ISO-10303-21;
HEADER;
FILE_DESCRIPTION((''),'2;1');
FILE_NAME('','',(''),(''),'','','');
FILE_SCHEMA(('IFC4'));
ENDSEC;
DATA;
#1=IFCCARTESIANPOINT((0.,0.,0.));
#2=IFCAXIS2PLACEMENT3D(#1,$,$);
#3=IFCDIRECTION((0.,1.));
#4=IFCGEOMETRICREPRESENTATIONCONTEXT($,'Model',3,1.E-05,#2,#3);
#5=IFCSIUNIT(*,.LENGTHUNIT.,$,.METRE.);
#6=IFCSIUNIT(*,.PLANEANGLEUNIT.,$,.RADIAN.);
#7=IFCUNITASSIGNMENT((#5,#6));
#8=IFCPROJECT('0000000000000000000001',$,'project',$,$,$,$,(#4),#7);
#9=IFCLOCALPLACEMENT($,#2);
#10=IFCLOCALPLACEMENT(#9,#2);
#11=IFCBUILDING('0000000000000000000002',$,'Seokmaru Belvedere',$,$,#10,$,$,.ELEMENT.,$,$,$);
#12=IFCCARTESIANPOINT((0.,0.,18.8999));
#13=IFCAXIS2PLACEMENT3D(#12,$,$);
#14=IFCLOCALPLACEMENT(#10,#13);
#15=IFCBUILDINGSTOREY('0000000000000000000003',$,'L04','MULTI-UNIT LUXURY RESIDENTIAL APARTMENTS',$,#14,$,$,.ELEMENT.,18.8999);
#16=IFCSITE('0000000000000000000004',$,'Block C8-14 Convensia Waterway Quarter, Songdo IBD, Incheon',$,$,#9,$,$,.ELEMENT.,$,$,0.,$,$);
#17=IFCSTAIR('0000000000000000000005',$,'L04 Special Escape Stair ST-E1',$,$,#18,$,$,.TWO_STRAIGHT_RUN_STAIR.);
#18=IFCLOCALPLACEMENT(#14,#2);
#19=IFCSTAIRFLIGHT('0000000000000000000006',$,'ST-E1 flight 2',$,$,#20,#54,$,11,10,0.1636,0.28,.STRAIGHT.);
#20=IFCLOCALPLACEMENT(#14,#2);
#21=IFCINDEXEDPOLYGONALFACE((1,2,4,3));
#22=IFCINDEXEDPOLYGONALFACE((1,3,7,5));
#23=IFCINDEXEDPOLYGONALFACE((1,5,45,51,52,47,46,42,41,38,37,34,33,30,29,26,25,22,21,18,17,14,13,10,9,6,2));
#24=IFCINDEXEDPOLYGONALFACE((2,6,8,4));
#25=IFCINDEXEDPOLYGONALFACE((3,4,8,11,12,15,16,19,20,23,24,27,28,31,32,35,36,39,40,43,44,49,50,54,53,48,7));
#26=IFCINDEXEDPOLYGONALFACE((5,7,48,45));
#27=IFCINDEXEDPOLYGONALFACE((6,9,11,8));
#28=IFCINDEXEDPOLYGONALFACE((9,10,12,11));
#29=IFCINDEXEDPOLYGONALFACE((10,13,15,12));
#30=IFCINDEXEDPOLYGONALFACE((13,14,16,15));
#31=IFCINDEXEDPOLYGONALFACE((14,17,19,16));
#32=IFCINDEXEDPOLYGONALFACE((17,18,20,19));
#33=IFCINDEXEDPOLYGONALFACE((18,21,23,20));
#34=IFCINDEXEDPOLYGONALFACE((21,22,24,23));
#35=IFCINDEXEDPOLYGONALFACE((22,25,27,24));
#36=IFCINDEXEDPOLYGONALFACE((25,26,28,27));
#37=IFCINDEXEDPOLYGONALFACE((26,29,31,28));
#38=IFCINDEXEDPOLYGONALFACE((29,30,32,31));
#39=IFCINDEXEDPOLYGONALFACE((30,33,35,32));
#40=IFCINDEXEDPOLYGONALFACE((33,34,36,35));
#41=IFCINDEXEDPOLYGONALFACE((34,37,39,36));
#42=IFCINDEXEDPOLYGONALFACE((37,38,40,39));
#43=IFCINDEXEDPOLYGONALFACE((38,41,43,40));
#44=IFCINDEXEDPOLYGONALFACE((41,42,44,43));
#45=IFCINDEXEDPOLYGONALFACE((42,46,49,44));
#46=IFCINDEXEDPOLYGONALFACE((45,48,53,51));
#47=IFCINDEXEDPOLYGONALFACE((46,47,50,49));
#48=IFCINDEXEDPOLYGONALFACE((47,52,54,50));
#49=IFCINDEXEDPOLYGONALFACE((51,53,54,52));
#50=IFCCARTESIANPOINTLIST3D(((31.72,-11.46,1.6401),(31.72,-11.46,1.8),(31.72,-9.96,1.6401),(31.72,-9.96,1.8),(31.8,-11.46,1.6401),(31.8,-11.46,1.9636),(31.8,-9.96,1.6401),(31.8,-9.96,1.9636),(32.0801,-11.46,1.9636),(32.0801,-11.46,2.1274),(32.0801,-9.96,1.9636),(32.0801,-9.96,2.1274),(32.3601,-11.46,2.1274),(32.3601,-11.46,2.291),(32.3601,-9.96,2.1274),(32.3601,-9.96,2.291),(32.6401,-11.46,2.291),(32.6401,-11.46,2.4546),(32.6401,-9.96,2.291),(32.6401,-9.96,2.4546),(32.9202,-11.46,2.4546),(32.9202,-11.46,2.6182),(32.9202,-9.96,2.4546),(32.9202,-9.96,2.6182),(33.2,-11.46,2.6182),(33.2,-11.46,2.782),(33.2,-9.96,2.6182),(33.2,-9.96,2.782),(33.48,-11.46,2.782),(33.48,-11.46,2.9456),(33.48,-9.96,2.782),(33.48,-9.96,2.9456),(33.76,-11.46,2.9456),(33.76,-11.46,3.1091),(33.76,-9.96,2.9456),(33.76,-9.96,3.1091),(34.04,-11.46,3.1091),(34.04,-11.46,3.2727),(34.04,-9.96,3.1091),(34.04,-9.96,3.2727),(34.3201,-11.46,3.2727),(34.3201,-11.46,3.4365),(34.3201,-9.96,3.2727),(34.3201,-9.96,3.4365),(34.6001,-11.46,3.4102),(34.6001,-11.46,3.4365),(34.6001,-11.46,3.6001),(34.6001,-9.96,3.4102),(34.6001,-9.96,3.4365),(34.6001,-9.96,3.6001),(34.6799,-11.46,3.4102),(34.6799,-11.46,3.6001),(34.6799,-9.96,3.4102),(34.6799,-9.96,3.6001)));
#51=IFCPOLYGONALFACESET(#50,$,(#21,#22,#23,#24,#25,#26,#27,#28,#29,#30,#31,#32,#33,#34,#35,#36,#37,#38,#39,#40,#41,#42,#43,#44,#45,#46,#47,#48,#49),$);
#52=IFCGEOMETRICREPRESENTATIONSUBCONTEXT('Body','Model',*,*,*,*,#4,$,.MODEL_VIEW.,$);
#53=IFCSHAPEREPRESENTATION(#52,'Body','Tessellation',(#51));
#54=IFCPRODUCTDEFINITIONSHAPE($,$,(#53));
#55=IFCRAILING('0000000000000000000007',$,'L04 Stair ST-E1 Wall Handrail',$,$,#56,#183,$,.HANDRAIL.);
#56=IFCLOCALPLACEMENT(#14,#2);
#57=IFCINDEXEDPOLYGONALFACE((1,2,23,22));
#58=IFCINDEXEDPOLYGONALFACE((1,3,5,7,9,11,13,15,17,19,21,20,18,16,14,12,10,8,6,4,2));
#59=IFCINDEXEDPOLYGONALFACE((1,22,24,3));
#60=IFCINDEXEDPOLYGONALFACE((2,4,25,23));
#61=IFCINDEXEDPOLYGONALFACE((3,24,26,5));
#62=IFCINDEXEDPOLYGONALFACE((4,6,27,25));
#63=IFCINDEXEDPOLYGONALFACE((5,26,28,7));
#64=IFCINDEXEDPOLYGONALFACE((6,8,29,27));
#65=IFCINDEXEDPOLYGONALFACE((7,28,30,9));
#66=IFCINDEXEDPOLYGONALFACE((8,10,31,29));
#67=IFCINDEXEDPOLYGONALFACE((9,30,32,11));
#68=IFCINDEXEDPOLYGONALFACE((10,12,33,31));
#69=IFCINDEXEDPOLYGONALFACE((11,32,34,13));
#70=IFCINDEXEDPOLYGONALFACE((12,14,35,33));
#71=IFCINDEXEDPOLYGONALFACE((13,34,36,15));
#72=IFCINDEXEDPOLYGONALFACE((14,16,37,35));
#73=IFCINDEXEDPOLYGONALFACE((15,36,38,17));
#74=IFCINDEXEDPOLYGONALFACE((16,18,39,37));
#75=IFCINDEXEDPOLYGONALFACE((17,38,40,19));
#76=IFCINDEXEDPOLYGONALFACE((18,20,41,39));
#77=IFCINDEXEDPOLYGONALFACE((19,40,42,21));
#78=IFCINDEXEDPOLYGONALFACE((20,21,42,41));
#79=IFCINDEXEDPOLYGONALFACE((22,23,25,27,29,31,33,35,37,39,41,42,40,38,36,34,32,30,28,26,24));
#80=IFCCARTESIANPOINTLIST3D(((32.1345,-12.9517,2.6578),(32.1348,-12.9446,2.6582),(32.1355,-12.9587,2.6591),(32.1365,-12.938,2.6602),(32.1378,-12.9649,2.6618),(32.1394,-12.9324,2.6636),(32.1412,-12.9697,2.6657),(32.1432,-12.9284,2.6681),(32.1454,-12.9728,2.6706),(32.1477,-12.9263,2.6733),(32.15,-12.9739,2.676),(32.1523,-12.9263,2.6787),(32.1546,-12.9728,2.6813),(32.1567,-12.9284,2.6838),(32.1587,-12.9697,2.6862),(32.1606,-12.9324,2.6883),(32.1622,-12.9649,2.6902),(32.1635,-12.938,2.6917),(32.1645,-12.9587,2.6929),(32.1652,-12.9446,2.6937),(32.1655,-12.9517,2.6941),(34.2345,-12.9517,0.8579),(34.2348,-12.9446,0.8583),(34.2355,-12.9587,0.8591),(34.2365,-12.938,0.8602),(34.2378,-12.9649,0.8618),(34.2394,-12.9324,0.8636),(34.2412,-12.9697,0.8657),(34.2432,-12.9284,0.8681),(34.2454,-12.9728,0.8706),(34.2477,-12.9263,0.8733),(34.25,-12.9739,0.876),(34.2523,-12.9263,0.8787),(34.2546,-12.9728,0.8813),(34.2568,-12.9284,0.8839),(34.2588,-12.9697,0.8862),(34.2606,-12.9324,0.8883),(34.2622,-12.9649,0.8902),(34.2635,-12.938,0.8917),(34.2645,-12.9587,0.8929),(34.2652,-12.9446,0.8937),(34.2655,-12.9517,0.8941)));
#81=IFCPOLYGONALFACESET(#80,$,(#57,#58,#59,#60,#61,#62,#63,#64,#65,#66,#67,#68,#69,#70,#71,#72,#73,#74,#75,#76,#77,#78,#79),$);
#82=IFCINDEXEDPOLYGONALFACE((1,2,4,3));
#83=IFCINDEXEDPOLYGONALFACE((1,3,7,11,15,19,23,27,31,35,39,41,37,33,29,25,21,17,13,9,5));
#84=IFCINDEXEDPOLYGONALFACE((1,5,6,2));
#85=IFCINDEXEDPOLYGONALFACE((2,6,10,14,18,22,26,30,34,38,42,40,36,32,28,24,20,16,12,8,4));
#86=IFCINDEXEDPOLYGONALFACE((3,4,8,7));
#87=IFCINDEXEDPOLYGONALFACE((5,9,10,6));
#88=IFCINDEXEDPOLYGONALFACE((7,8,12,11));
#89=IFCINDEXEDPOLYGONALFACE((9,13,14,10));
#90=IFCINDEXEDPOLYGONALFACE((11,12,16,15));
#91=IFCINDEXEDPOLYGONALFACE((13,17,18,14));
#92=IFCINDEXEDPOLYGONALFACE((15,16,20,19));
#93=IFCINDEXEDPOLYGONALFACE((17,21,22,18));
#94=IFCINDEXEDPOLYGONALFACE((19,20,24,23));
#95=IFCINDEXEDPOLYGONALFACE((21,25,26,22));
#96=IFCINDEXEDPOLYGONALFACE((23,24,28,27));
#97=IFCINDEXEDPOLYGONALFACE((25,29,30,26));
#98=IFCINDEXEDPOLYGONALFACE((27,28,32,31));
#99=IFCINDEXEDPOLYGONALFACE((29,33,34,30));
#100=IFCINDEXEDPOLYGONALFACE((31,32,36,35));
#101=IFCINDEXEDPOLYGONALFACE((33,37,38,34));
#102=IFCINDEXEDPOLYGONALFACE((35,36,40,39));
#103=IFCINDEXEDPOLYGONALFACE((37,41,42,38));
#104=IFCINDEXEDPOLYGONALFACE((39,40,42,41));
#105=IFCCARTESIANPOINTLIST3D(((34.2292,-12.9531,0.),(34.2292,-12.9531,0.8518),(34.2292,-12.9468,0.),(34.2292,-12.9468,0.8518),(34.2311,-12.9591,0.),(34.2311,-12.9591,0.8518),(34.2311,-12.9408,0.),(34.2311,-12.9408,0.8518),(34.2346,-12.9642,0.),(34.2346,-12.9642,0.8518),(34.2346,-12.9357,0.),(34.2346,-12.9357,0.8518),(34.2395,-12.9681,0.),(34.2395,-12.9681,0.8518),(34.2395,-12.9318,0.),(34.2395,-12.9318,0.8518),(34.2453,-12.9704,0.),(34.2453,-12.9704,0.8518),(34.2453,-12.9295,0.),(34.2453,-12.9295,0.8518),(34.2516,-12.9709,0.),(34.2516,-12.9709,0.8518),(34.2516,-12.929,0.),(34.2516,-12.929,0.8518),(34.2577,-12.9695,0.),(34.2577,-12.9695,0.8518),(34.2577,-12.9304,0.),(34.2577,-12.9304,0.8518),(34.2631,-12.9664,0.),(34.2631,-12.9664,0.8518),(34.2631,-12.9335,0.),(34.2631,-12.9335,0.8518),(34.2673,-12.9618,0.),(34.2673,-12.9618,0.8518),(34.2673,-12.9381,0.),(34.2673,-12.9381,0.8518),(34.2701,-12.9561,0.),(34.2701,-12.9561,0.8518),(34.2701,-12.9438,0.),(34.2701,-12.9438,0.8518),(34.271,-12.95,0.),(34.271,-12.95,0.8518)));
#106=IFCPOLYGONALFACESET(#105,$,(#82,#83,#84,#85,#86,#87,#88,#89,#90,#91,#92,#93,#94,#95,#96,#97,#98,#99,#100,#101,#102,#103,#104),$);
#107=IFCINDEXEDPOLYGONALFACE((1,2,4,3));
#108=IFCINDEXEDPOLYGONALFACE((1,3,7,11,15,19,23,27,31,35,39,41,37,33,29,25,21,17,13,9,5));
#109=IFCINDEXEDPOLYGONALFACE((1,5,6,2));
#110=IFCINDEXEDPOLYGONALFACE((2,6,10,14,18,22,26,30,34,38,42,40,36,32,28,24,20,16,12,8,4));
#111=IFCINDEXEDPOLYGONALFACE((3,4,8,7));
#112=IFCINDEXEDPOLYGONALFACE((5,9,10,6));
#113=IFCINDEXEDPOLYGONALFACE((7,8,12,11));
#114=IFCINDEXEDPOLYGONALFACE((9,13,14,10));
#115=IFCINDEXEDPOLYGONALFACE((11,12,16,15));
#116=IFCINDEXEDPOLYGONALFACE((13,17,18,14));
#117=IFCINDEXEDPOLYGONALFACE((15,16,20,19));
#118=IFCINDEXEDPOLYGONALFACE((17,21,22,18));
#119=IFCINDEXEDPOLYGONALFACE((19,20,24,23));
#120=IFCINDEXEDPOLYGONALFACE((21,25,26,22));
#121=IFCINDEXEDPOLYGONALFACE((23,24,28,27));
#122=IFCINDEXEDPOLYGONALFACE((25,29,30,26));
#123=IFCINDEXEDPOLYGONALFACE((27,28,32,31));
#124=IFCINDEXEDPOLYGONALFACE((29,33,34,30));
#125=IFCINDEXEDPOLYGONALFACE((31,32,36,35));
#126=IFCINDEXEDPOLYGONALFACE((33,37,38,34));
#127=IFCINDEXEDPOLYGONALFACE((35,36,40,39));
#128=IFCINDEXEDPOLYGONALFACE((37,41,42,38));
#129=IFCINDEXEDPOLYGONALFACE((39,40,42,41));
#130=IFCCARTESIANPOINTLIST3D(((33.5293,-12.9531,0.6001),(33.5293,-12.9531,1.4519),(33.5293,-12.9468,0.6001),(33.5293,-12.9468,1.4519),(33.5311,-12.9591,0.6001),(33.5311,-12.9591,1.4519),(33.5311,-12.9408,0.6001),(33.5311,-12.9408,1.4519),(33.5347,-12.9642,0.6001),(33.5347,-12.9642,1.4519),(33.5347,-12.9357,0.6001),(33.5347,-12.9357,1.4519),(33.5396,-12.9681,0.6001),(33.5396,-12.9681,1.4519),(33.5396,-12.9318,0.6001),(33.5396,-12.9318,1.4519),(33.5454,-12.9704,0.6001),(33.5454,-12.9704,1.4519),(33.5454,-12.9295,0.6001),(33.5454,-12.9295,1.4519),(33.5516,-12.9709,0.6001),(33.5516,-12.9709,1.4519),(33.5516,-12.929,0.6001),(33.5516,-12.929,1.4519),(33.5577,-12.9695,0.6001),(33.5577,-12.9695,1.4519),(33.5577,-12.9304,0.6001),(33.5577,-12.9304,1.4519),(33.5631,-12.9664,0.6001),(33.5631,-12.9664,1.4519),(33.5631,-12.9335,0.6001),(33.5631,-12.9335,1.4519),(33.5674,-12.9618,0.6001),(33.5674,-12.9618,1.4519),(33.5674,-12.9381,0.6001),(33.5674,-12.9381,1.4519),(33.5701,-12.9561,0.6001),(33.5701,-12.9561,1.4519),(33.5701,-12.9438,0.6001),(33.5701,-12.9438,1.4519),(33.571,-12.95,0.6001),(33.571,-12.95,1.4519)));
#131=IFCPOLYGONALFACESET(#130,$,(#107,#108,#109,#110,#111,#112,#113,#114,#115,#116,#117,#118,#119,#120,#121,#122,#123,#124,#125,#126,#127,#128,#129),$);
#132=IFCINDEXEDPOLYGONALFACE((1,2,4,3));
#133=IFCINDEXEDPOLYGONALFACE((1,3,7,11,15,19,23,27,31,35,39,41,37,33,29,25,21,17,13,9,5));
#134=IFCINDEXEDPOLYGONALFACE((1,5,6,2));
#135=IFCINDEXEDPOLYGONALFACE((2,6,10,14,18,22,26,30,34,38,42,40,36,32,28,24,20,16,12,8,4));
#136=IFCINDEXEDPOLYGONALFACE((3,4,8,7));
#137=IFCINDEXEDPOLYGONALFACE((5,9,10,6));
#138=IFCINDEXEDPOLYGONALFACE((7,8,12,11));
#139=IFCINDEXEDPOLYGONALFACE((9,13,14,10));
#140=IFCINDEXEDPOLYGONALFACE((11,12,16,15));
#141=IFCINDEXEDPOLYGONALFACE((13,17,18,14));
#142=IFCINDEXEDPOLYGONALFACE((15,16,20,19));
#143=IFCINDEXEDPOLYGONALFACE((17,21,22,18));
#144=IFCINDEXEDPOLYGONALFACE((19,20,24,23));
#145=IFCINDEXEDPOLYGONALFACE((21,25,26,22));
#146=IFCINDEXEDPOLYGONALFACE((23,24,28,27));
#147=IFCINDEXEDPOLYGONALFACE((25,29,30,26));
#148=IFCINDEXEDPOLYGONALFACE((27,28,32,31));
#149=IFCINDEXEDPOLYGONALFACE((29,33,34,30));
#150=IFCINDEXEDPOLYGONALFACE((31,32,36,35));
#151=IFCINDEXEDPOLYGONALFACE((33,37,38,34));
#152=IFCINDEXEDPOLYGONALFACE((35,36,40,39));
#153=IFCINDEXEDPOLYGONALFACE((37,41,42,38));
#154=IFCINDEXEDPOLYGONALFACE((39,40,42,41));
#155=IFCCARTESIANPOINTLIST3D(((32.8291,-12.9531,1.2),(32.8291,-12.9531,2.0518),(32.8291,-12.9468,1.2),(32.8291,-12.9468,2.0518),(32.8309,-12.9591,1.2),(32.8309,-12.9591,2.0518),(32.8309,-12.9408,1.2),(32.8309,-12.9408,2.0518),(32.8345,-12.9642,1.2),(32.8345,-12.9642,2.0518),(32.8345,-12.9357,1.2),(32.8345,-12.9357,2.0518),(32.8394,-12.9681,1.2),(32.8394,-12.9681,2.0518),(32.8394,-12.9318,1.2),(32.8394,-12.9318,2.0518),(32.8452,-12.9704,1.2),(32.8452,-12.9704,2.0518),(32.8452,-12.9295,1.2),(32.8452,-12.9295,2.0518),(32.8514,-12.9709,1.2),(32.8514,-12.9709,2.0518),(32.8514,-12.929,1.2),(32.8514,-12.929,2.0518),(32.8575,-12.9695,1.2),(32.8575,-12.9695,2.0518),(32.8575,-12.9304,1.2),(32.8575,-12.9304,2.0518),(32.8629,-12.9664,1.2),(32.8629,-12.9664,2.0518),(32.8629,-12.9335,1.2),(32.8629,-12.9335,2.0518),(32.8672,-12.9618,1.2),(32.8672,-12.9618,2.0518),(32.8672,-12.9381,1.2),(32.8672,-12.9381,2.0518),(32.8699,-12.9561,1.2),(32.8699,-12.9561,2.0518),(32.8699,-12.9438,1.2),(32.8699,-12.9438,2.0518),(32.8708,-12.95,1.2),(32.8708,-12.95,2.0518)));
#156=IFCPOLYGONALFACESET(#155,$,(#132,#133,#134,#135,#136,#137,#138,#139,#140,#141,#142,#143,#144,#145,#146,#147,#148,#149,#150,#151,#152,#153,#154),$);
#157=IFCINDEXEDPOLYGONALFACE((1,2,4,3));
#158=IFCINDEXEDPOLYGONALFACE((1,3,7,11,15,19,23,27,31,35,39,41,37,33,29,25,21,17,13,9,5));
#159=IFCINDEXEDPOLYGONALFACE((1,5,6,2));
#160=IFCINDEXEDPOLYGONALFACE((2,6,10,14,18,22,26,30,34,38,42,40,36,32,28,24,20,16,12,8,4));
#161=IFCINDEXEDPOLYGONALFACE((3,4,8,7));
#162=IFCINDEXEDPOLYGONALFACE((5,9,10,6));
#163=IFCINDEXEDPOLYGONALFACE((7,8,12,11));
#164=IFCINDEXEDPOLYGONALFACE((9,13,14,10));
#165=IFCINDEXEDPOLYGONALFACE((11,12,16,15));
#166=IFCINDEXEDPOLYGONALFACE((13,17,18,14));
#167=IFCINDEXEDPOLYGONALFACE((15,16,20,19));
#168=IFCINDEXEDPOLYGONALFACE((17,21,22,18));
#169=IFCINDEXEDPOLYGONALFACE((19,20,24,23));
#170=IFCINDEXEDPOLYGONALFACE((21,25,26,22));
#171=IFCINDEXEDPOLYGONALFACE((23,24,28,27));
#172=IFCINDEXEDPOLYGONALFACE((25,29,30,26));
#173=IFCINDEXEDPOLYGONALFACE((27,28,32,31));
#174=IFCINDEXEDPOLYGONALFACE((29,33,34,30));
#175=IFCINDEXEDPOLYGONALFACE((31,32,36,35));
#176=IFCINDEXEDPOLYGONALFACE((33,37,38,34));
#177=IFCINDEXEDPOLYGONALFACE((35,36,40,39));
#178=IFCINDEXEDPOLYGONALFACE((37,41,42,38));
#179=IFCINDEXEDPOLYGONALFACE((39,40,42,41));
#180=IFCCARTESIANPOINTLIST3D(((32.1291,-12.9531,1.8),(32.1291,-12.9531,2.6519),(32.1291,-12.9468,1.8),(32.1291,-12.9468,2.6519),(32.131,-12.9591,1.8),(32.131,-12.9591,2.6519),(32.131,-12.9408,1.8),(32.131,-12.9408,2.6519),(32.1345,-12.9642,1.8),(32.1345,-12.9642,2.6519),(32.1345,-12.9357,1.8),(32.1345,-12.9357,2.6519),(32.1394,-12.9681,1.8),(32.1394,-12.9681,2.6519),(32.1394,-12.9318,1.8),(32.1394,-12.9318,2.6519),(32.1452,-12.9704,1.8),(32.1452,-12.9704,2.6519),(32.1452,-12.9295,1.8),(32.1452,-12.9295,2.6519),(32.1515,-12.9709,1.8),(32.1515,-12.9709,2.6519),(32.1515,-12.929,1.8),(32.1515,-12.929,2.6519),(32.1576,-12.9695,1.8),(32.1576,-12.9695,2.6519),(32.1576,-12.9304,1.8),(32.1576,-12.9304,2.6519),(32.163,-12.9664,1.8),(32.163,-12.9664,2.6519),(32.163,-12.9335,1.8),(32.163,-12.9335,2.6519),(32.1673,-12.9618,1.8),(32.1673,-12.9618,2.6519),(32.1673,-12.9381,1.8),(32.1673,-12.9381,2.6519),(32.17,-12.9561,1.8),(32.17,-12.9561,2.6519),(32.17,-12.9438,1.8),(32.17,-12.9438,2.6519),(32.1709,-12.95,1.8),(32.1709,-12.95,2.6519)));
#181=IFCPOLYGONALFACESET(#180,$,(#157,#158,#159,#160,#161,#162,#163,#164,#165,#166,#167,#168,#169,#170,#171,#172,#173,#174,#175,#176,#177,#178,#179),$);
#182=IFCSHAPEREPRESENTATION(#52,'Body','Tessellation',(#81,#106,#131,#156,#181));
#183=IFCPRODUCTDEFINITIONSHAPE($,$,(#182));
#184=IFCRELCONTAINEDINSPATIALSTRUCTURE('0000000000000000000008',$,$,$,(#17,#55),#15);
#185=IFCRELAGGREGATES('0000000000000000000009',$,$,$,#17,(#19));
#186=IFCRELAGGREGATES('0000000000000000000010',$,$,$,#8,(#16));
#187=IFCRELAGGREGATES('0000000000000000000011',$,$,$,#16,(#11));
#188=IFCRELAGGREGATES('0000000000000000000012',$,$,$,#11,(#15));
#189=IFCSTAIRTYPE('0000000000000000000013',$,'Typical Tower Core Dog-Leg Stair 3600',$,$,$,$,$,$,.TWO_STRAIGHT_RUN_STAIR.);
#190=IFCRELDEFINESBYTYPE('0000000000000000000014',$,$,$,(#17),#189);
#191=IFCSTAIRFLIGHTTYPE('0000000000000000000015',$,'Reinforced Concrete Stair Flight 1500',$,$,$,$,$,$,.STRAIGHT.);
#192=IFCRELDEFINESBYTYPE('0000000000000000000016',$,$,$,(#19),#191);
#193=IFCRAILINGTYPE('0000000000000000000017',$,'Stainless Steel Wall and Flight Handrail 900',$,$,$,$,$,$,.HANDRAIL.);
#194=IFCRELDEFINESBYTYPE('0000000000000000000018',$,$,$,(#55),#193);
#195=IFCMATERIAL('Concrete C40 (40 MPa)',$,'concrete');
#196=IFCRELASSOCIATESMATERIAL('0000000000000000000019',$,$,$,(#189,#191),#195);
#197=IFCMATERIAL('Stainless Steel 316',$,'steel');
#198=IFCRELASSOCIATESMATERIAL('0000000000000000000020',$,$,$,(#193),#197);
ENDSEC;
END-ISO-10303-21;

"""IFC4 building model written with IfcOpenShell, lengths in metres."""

from ifc_helpers import new_model, si_unit, direction, frame, origin, origin_2d, place, context, subcontext, project, spatial, polyline, circle, outline, extrude, material, type_object, element, aggregate, save


model = new_model("IFC4")

# Units and contexts
model_context = context("Model", 3, precision=1e-05, world=origin(), true_north=direction((0.0, 1.0)))
body_context = subcontext(model_context, "Body", "Model", "MODEL_VIEW")
ifc_project = project(units=[si_unit("LENGTHUNIT", "METRE"), si_unit("PLANEANGLEUNIT", "RADIAN")], contexts=[model_context])

# Site, building, storey
site_placement = place(None, origin())
site = spatial("IfcSite", under=ifc_project, at=site_placement, Name="Block C8-14 Convensia Waterway Quarter, Songdo IBD, Incheon", CompositionType="ELEMENT", RefElevation=0.0)
building_placement = place(site_placement, origin())
building = spatial("IfcBuilding", under=site, at=building_placement, Name="Seokmaru Belvedere", CompositionType="ELEMENT")
storey_placement = place(building_placement, frame((0.0, 0.0, 18.8999)))
storey = spatial("IfcBuildingStorey", under=building, at=storey_placement, Name="L04", Description="MULTI-UNIT LUXURY RESIDENTIAL APARTMENTS", CompositionType="ELEMENT", Elevation=18.8999)

# Shared definitions
ifc_material_1 = material(Name="Stainless Steel 316", Category="steel")

# Stair, stair flight
ifc_material_2 = material(Name="Concrete C40 (40 MPa)", Category="concrete")
stair_type = type_object("IfcStairType", Name="Typical Tower Core Dog-Leg Stair 3600", PredefinedType="TWO_STRAIGHT_RUN_STAIR", material=ifc_material_2)
stair_placement = place(storey_placement, origin())
stair = element("IfcStair", 1, at=stair_placement, inside=storey, type_object=stair_type, Name="L04 Special Escape Stair ST-E1", PredefinedType="TWO_STRAIGHT_RUN_STAIR")
stair_flight_type = type_object("IfcStairFlightType", Name="Reinforced Concrete Stair Flight 1500", PredefinedType="STRAIGHT", material=ifc_material_2)
stair_flight_1_placement = place(storey_placement, frame((31.8, -10.71, 1.8), z_axis=(0.0, 0.0, 1.0), x_axis=(1.0, 0.0, 0.0)))
stair_flight_1 = element("IfcStairFlight", 2, at=stair_flight_1_placement, type_object=stair_flight_type, Name="ST-E1 flight 2", NumberOfRisers=11, NumberOfTreads=10, PredefinedType="STRAIGHT", RiserHeight=0.1636, TreadLength=0.28, context=body_context, shape_type="SweptSolid", body=[
    extrude(outline(polyline([(-0.0801, 0.0), (0.0, 0.1636), (0.28, 0.1636), (0.28, 0.3274), (0.5601, 0.3274), (0.5601, 0.491), (0.8401, 0.491), (0.8401, 0.6545), (1.1201, 0.6545), (1.1201, 0.8181), (1.3999, 0.8181), (1.3999, 0.9819), (1.6799, 0.9819), (1.6799, 1.1455), (1.96, 1.1455), (1.96, 1.3091), (2.24, 1.3091), (2.24, 1.4727), (2.52, 1.4727), (2.52, 1.6365), (2.8, 1.6365), (2.8, 1.8), (2.8799, 1.8), (2.8799, 1.6101), (2.8, 1.6101), (0.0, -0.1599), (-0.0801, -0.1599), (-0.0801, 0.0)])), frame((0.0, 0.75, 0.0), z_axis=(0.0, -1.0, 0.0), x_axis=(1.0, 0.0, 0.0)), (0.0, 0.0, 1.0), 1.5),
])
aggregate(stair, [stair_flight_1])

# Railing
railing_type_1 = type_object("IfcRailingType", Name="Stainless Steel Wall and Flight Handrail 900", PredefinedType="HANDRAIL", material=ifc_material_1)
railing_1_placement = place(storey_placement, frame((34.25, -12.95, 0.0)))
element("IfcRailing", 3, at=railing_1_placement, inside=storey, type_object=railing_type_1, Name="L04 Stair ST-E1 Wall Handrail", PredefinedType="HANDRAIL", context=body_context, shape_type="SweptSolid", body=[
    extrude(circle(Radius=0.0239, at=origin_2d()), frame((0.0, 0.0, 0.876), z_axis=(-0.759263, 0.0, 0.650784), x_axis=(0.0, -1.0, 0.0)), (0.0, 0.0, 1.0), 2.7659),
    extrude(circle(Radius=0.021, at=origin_2d()), origin(), (0.0, 0.0, 1.0), 0.8518),
    extrude(circle(Radius=0.021, at=origin_2d()), frame((-0.7, 0.0, 0.6001)), (0.0, 0.0, 1.0), 0.8518),
    extrude(circle(Radius=0.021, at=origin_2d()), frame((-1.4001, 0.0, 1.2)), (0.0, 0.0, 1.0), 0.8518),
    extrude(circle(Radius=0.021, at=origin_2d()), frame((-2.1001, 0.0, 1.8)), (0.0, 0.0, 1.0), 0.8518),
])

save(model, "model.ifc")
